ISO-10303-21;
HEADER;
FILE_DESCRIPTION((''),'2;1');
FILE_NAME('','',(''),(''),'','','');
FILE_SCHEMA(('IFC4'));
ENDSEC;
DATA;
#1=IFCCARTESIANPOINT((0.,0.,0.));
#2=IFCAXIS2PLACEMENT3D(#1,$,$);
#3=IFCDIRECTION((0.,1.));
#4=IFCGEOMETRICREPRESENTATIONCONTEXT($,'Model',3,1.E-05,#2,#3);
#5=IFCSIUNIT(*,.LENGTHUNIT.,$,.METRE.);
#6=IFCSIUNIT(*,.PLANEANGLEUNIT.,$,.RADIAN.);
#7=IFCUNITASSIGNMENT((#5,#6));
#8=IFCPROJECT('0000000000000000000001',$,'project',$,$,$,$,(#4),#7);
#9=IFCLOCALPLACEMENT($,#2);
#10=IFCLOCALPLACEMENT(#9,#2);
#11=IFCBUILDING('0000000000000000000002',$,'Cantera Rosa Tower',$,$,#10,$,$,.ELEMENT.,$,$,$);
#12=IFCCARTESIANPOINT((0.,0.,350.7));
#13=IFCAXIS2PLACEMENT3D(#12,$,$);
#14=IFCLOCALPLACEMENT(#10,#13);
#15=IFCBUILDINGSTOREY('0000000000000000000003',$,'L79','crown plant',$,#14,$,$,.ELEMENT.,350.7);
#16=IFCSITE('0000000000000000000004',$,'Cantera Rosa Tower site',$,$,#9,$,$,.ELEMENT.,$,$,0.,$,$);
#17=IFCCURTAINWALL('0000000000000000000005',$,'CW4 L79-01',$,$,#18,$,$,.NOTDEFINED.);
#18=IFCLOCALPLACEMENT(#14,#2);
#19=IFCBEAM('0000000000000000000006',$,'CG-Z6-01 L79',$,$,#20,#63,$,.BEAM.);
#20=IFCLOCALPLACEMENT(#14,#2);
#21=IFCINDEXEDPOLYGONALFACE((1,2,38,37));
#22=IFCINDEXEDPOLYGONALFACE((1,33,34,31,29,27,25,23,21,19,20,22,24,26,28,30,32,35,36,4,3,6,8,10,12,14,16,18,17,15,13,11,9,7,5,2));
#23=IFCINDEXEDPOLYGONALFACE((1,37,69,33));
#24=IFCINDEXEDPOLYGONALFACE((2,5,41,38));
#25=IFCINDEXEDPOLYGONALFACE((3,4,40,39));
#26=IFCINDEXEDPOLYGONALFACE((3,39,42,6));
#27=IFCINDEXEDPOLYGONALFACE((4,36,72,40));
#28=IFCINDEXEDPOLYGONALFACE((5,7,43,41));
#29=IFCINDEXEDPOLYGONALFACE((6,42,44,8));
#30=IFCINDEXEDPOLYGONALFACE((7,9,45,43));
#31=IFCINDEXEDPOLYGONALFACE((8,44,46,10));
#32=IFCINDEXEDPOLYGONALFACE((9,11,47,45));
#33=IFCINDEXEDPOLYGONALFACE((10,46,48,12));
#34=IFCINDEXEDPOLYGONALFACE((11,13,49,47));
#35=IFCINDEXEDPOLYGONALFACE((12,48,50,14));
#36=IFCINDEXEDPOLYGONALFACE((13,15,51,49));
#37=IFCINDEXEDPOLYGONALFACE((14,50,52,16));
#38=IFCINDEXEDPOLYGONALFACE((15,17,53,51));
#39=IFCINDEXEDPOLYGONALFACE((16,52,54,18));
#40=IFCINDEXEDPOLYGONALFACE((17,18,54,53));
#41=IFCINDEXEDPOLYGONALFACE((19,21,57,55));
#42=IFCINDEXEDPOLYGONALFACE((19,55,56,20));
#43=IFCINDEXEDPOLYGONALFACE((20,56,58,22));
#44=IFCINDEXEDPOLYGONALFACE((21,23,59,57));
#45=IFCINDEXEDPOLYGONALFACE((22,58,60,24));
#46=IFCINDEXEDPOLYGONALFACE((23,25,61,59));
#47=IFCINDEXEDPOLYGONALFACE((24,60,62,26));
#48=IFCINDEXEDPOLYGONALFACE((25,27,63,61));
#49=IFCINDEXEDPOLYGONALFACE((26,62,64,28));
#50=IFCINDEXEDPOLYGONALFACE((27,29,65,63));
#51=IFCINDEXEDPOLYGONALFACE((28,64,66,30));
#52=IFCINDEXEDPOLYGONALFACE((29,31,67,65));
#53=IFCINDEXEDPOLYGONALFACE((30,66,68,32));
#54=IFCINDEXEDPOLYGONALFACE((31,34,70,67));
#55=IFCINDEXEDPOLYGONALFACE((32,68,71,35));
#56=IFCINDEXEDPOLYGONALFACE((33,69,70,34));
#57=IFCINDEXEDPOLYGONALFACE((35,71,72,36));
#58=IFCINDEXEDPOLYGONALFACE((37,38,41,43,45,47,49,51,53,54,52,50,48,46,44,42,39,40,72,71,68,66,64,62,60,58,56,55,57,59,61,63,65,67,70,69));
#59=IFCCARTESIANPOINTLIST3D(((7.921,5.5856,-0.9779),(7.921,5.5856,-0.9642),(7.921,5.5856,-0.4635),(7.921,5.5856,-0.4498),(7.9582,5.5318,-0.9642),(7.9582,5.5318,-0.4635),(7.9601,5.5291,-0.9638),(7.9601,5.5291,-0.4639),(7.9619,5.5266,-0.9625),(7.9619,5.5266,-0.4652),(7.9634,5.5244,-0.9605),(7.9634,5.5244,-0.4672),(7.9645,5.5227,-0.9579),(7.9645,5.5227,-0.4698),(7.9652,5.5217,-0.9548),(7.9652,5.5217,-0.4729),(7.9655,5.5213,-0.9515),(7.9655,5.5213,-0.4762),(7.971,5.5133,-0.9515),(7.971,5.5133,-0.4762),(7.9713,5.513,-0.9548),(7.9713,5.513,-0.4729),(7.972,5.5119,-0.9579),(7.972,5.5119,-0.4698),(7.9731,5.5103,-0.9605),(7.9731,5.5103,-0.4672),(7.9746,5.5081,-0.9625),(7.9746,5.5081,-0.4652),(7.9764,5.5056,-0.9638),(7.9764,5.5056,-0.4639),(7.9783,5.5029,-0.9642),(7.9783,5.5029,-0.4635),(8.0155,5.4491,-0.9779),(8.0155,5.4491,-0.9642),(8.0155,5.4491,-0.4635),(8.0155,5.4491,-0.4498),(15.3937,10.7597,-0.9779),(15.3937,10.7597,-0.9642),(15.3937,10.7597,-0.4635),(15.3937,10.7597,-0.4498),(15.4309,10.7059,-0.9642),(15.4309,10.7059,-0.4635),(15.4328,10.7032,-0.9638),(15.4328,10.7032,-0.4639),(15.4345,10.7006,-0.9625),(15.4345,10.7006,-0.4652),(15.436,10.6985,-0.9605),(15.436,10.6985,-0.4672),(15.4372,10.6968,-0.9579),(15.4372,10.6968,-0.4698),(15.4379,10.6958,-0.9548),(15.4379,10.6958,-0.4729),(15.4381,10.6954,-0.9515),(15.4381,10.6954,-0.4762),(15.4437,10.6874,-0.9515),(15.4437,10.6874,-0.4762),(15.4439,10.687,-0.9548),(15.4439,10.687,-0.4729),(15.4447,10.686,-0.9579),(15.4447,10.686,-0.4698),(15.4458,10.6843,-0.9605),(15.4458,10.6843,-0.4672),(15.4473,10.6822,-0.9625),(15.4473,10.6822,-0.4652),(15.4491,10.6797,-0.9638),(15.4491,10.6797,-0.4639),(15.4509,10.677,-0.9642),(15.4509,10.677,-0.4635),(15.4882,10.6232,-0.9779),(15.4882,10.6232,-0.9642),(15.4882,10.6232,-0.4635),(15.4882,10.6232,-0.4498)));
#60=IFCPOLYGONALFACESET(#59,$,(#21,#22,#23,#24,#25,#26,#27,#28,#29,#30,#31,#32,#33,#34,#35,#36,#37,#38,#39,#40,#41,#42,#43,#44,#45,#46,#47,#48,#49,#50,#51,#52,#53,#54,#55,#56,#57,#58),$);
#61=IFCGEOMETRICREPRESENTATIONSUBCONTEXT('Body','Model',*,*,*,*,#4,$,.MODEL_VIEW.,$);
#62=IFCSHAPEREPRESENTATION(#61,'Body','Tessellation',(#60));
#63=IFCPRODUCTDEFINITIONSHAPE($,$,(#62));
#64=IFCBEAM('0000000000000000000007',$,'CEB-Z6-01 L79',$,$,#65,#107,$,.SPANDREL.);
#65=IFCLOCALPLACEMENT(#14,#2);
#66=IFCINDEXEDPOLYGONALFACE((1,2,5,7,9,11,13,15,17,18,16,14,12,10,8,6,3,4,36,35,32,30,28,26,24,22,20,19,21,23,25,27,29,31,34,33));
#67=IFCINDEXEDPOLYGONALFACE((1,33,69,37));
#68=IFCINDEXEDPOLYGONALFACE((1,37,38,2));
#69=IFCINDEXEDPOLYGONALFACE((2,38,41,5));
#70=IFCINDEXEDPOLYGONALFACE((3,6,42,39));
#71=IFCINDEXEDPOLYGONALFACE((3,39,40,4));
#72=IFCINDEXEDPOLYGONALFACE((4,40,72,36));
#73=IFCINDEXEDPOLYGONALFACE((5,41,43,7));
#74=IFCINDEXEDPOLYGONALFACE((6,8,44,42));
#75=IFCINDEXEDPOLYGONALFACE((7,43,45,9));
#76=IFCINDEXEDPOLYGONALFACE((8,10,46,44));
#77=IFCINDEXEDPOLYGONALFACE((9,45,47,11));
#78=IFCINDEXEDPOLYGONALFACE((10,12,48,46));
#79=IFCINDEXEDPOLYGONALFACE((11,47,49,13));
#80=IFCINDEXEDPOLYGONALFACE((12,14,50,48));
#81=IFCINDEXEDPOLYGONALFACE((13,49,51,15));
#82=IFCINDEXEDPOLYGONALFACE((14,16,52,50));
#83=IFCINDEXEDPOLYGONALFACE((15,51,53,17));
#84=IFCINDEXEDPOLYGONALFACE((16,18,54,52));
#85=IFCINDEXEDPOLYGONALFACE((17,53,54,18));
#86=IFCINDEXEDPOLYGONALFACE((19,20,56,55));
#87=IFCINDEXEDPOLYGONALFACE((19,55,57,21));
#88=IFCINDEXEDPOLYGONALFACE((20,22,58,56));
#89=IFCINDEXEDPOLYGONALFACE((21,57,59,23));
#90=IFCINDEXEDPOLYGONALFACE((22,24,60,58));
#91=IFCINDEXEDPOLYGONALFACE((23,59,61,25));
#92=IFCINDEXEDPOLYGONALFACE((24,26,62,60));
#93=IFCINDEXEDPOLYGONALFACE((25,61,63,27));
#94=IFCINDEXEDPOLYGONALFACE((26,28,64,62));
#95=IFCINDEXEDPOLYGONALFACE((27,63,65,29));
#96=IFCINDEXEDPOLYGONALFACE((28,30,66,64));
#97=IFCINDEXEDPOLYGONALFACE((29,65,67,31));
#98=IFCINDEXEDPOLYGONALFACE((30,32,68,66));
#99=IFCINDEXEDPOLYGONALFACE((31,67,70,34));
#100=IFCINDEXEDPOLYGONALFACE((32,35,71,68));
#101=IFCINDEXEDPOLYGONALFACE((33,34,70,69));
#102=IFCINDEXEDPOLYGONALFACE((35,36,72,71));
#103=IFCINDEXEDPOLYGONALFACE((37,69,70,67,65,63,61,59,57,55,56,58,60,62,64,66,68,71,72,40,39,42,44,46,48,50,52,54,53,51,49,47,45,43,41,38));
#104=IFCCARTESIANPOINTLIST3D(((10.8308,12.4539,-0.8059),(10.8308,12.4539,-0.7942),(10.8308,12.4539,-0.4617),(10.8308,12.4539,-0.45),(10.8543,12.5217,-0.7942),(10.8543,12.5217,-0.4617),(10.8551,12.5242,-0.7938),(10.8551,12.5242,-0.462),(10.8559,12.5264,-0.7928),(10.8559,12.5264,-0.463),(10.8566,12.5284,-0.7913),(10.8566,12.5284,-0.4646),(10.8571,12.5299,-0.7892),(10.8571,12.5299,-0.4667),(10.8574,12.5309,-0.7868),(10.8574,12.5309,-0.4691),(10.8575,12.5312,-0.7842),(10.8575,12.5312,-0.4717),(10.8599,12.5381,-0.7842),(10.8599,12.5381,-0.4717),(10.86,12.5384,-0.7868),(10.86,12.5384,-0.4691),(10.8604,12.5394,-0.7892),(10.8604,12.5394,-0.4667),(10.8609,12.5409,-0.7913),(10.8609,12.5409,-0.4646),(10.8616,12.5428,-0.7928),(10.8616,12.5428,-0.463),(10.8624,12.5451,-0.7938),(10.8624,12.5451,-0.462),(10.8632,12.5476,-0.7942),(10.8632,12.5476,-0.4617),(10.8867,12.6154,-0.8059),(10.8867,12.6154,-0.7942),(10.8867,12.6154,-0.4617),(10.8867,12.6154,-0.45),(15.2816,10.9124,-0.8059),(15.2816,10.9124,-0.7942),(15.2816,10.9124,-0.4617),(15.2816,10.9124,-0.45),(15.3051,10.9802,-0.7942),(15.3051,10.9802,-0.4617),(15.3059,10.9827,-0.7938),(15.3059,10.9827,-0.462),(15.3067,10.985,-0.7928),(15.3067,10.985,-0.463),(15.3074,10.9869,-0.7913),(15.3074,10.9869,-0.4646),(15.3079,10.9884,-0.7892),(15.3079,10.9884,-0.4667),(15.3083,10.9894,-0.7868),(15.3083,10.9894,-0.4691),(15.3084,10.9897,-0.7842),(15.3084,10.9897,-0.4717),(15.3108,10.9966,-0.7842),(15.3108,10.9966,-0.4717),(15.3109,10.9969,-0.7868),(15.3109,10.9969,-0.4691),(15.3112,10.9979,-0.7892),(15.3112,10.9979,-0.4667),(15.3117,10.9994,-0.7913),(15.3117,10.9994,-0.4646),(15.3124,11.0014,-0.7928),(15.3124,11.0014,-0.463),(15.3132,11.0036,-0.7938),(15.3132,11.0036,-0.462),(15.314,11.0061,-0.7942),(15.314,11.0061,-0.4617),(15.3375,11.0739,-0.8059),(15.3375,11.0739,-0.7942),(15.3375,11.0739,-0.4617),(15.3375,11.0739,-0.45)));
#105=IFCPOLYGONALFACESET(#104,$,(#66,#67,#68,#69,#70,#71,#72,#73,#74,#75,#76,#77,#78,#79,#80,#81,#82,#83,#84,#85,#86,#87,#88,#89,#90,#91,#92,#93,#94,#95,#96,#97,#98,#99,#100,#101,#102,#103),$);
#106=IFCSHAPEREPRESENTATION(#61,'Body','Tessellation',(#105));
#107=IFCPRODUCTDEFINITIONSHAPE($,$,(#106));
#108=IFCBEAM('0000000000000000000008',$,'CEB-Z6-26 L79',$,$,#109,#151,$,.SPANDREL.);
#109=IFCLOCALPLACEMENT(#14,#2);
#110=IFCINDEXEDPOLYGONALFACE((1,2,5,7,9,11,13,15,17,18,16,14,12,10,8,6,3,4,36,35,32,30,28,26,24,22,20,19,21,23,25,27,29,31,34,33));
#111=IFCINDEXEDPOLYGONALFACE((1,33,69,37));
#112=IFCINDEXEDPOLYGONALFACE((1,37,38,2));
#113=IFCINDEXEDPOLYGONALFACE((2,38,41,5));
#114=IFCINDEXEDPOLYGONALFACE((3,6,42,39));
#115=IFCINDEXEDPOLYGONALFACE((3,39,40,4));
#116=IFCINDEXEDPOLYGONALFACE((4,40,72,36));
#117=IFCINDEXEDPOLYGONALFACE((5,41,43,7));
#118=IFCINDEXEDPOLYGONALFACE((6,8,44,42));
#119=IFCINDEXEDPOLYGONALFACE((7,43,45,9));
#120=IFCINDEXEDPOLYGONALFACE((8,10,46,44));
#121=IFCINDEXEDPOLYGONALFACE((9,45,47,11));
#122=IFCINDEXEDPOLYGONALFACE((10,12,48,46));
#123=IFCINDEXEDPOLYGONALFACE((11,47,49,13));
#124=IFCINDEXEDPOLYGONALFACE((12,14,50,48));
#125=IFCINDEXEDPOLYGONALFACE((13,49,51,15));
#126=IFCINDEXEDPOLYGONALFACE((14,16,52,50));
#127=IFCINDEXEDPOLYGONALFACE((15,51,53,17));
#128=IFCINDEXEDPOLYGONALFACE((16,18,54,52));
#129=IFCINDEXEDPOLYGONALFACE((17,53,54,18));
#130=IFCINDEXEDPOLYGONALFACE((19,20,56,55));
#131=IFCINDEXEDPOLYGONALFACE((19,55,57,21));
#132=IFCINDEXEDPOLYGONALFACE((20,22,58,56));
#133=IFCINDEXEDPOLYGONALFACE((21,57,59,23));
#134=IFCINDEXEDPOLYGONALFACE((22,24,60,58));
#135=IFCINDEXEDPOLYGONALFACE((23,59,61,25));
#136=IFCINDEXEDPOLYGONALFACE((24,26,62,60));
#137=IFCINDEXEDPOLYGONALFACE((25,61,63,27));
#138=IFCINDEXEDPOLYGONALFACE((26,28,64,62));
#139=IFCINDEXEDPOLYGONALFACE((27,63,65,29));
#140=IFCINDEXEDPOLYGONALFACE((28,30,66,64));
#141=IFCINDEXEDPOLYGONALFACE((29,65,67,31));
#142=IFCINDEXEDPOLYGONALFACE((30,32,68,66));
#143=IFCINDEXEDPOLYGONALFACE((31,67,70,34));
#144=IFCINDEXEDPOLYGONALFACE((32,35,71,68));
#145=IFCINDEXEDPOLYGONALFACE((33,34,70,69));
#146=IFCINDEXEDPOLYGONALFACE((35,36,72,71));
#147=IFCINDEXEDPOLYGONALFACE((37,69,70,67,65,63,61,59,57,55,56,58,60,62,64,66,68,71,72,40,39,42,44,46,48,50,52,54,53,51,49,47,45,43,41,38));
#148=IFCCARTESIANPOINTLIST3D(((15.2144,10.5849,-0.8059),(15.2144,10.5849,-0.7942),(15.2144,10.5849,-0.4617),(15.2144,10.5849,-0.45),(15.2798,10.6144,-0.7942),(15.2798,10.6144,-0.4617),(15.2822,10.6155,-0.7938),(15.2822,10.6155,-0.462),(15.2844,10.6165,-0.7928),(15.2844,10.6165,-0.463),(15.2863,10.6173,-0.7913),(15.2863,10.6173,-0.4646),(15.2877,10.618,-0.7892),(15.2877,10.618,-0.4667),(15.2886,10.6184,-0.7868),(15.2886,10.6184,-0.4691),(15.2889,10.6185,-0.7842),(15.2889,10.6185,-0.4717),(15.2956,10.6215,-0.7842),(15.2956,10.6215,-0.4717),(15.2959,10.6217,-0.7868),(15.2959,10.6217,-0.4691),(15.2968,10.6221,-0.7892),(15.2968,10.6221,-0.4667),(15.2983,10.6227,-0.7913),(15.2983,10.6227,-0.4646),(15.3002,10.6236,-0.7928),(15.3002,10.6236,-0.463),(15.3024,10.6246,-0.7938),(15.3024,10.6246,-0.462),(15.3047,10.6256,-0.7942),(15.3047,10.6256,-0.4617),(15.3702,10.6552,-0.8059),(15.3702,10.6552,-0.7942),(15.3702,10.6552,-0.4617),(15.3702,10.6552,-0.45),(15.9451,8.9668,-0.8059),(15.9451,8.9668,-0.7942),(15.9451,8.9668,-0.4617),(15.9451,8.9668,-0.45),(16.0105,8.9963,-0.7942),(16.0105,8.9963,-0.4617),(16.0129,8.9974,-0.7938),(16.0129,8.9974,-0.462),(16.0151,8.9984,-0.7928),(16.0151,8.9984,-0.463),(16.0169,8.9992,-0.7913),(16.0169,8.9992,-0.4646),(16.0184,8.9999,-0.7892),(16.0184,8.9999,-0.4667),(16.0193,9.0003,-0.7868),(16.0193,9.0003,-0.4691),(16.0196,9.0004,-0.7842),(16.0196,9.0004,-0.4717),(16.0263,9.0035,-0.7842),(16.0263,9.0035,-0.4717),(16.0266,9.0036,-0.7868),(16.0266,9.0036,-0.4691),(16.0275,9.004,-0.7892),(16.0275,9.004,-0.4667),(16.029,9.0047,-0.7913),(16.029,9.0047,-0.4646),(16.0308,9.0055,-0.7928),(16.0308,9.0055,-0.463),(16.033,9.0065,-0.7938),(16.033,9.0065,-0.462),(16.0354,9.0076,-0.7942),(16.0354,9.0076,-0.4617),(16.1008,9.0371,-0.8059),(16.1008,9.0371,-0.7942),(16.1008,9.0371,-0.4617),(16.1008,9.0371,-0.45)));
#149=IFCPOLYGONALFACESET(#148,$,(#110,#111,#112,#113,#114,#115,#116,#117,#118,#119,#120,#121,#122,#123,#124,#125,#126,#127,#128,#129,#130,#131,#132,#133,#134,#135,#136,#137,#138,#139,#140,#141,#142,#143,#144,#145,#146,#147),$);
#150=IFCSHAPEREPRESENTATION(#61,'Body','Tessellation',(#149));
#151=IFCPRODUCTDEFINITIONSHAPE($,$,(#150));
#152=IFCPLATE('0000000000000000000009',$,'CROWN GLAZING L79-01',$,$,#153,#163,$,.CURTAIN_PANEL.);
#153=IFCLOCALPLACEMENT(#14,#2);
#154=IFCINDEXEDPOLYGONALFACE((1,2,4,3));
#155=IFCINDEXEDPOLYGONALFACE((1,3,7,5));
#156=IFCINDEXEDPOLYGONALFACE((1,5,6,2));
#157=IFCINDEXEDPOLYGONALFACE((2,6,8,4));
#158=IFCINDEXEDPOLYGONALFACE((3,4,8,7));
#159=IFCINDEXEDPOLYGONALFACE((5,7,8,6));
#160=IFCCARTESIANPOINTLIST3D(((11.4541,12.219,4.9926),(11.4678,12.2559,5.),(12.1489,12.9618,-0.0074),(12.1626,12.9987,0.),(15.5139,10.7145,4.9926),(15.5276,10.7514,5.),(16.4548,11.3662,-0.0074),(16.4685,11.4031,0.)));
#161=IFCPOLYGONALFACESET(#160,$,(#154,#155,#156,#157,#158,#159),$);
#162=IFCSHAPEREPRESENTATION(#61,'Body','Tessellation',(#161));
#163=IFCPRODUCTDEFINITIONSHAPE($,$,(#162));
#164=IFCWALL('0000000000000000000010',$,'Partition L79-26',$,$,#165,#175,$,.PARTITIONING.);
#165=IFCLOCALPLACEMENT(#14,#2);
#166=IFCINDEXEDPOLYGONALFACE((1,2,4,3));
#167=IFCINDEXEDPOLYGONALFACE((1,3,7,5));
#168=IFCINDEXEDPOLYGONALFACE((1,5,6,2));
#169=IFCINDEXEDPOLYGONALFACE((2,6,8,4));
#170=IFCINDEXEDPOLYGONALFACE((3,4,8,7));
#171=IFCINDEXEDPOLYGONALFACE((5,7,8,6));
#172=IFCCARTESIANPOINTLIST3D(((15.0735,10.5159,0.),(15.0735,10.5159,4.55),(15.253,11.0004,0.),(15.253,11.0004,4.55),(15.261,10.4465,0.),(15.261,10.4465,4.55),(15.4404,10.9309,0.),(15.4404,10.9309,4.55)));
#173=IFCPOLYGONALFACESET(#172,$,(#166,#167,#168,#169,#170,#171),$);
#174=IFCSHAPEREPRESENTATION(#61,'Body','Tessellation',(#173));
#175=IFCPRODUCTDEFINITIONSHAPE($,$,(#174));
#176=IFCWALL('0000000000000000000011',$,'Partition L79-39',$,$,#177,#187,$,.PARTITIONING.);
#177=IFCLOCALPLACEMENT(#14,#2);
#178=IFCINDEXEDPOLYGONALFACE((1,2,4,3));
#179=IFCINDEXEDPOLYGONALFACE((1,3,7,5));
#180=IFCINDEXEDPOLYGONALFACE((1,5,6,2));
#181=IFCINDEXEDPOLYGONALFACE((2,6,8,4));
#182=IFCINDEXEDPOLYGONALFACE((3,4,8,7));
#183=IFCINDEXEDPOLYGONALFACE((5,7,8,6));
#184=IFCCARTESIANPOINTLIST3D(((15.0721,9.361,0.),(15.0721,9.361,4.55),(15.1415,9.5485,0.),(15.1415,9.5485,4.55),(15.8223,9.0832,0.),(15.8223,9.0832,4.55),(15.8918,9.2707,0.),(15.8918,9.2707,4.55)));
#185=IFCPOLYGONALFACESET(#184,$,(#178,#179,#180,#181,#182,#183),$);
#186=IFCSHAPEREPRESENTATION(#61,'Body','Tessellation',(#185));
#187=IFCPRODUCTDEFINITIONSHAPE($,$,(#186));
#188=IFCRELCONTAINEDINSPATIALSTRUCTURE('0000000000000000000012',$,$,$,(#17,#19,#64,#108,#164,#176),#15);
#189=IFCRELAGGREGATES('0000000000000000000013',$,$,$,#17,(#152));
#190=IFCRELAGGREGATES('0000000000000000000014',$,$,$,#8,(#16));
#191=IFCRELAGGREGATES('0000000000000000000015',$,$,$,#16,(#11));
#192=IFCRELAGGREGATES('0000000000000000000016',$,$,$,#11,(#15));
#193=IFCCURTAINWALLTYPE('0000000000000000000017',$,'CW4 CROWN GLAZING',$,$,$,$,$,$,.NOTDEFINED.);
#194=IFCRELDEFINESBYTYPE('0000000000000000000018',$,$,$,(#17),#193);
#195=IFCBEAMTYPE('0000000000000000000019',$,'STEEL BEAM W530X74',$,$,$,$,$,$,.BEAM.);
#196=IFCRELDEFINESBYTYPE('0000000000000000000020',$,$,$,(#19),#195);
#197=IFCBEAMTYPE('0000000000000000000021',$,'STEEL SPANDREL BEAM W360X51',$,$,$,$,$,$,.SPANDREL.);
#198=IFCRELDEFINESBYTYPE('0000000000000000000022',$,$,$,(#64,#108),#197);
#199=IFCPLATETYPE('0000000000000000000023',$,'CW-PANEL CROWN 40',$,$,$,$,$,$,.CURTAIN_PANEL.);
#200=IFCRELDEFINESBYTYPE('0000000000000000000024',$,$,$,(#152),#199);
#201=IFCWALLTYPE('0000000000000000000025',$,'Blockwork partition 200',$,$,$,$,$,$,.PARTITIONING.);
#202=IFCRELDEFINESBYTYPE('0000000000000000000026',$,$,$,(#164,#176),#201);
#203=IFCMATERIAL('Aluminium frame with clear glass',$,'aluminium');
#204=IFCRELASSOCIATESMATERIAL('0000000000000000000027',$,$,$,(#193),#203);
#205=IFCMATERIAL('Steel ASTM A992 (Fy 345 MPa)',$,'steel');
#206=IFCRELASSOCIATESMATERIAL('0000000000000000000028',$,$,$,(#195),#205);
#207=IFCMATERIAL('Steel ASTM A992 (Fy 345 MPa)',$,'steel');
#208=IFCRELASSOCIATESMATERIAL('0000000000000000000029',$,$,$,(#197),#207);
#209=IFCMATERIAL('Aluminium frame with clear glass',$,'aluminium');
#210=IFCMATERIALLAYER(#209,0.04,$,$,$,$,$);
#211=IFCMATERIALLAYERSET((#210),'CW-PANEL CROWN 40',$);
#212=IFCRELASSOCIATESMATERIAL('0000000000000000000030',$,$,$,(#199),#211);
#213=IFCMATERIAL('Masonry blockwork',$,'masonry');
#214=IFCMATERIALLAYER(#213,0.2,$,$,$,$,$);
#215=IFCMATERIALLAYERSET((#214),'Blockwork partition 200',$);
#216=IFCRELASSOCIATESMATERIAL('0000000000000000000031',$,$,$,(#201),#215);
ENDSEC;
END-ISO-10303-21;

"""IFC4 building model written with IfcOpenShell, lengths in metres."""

from ifc_helpers import new_model, si_unit, direction, frame, frame_2d, origin, origin_2d, place, context, subcontext, project, spatial, polyline, rectangle, i_section, outline, extrude, material, layer, layer_set, material_profile, profile_set, type_object, element, aggregate, save


model = new_model("IFC4")

# Units and contexts
model_context = context("Model", 3, precision=1e-05, world=origin(), true_north=direction((0.0, 1.0)))
body_context = subcontext(model_context, "Body", "Model", "MODEL_VIEW")
ifc_project = project(units=[si_unit("LENGTHUNIT", "METRE"), si_unit("PLANEANGLEUNIT", "RADIAN")], contexts=[model_context])

# Site, building, storey
site_placement = place(None, origin())
site = spatial("IfcSite", under=ifc_project, at=site_placement, Name="Cantera Rosa Tower site", CompositionType="ELEMENT", RefElevation=0.0)
building_placement = place(site_placement, origin())
building = spatial("IfcBuilding", under=site, at=building_placement, Name="Cantera Rosa Tower", CompositionType="ELEMENT")
storey_placement = place(building_placement, frame((0.0, 0.0, 350.7)))
storey = spatial("IfcBuildingStorey", under=building, at=storey_placement, Name="L79", Description="crown plant", CompositionType="ELEMENT", Elevation=350.7)

# Curtain wall
ifc_material_1 = material(Name="Aluminium frame with clear glass", Category="aluminium")
curtain_wall_type = type_object("IfcCurtainWallType", Name="CW4 CROWN GLAZING", PredefinedType="NOTDEFINED", material=ifc_material_1)
curtain_wall_1_placement = place(storey_placement, origin())
curtain_wall_1 = element("IfcCurtainWall", 1, at=curtain_wall_1_placement, inside=storey, type_object=curtain_wall_type, Name="CW4 L79-01", PredefinedType="NOTDEFINED")

# Beams
ifc_material_2 = material(Name="Steel ASTM A992 (Fy 345 MPa)", Category="steel")
ifc_material_profile_1 = material_profile(ifc_material_2, i_section(OverallWidth=0.166, OverallDepth=0.5281, WebThickness=0.0098, FlangeThickness=0.0137, FilletRadius=0.0127, at=origin_2d()), Name="W530X74")
ifc_profile_set_1 = profile_set([ifc_material_profile_1], Name="Steel ASTM A992 (Fy 345 MPa)")
beam_type_1 = type_object("IfcBeamType", Name="STEEL BEAM W530X74", PredefinedType="BEAM", material=ifc_profile_set_1)
beam_1_placement = place(storey_placement, frame((15.4409, 10.6914, -0.7139), z_axis=(-0.822156, -0.569262, 0.0), x_axis=(0.569262, -0.822156, 0.0)))
element("IfcBeam", 2, at=beam_1_placement, inside=storey, type_object=beam_type_1, Name="CG-Z6-01 L79", PredefinedType="BEAM", context=body_context, shape_type="SweptSolid", body=[
    extrude(i_section(OverallWidth=0.166, OverallDepth=0.5281, WebThickness=0.0098, FlangeThickness=0.0137, FilletRadius=0.0127, at=origin_2d()), origin(), (0.0, 0.0, 1.0), 9.0891),
])
ifc_material_3 = material(Name="Steel ASTM A992 (Fy 345 MPa)", Category="steel")
ifc_material_profile_2 = material_profile(ifc_material_3, i_section(OverallWidth=0.1709, OverallDepth=0.356, WebThickness=0.0073, FlangeThickness=0.0117, FilletRadius=0.01, at=origin_2d()), Name="W360X51")
ifc_profile_set_2 = profile_set([ifc_material_profile_2], Name="Steel ASTM A992 (Fy 345 MPa)")
beam_type_2 = type_object("IfcBeamType", Name="STEEL SPANDREL BEAM W360X51", PredefinedType="SPANDREL", material=ifc_profile_set_2)
beam_2_placement = place(storey_placement, frame((15.3096, 10.9932, -0.6279), z_axis=(-0.944934, 0.327262, 0.0), x_axis=(-0.327262, -0.944934, 0.0)))
element("IfcBeam", 3, at=beam_2_placement, inside=storey, type_object=beam_type_2, Name="CEB-Z6-01 L79", PredefinedType="SPANDREL", context=body_context, shape_type="SweptSolid", body=[
    extrude(i_section(OverallWidth=0.1709, OverallDepth=0.356, WebThickness=0.0073, FlangeThickness=0.0117, FilletRadius=0.01, at=origin_2d()), origin(), (0.0, 0.0, 1.0), 4.7102),
])
beam_3_placement = place(storey_placement, frame((16.0229, 9.002, -0.6279), z_axis=(-0.411554, 0.911386, 0.0), x_axis=(-0.911386, -0.411554, 0.0)))
element("IfcBeam", 4, at=beam_3_placement, inside=storey, type_object=beam_type_2, Name="CEB-Z6-26 L79", PredefinedType="SPANDREL", context=body_context, shape_type="SweptSolid", body=[
    extrude(i_section(OverallWidth=0.1709, OverallDepth=0.356, WebThickness=0.0073, FlangeThickness=0.0117, FilletRadius=0.01, at=origin_2d()), origin(), (0.0, 0.0, 1.0), 1.7754),
])

# Plate
ifc_material_4 = material(Name="Aluminium frame with clear glass", Category="aluminium")
ifc_layer_1 = layer(ifc_material_4, 0.04)
ifc_layer_set_1 = layer_set([ifc_layer_1], Name="CW-PANEL CROWN 40")
plate_type = type_object("IfcPlateType", Name="CW-PANEL CROWN 40", PredefinedType="CURTAIN_PANEL", material=ifc_layer_set_1)
plate_1_placement = place(storey_placement, frame((16.4685, 11.4031, 0.0), z_axis=(0.341522, 0.92161, 0.184386), x_axis=(-0.937687, 0.34748, -0.000002)))
plate_1 = element("IfcPlate", 5, at=plate_1_placement, type_object=plate_type, Name="CROWN GLAZING L79-01", PredefinedType="CURTAIN_PANEL", context=body_context, shape_type="SweptSolid", body=[
    extrude(outline(polyline([(0.0, 0.0), (4.5921, 0.0), (4.9854, 5.0872), (0.6559, 5.0872), (0.0, 0.0)])), origin(), (0.0, 0.0, -1.0), 0.04),
])

# Walls
ifc_material_5 = material(Name="Masonry blockwork", Category="masonry")
ifc_layer_2 = layer(ifc_material_5, 0.2)
ifc_layer_set_2 = layer_set([ifc_layer_2], Name="Blockwork partition 200")
wall_type_1 = type_object("IfcWallType", Name="Blockwork partition 200", PredefinedType="PARTITIONING", material=ifc_layer_set_2)
wall_1_placement = place(storey_placement, frame((15.1672, 10.4812, 0.0), z_axis=(0.0, 0.0, 1.0), x_axis=(0.347391, 0.93772, 0.0)))
element("IfcWall", 6, at=wall_1_placement, inside=storey, type_object=wall_type_1, Name="Partition L79-26", PredefinedType="PARTITIONING", context=body_context, shape_type="SweptSolid", body=[
    extrude(rectangle(XDim=0.5166, YDim=0.2, at=frame_2d((0.2583, 0.0))), origin(), (0.0, 0.0, 1.0), 4.55),
])
wall_2_placement = place(storey_placement, frame((15.8569, 9.177, 0.0), z_axis=(0.0, 0.0, 1.0), x_axis=(-0.937763, 0.347275, 0.0)))
element("IfcWall", 7, at=wall_2_placement, inside=storey, type_object=wall_type_1, Name="Partition L79-39", PredefinedType="PARTITIONING", context=body_context, shape_type="SweptSolid", body=[
    extrude(rectangle(XDim=0.8, YDim=0.2, at=frame_2d((0.3999, 0.0))), origin(), (0.0, 0.0, 1.0), 4.55),
])

aggregate(curtain_wall_1, [plate_1])

save(model, "model.ifc")
